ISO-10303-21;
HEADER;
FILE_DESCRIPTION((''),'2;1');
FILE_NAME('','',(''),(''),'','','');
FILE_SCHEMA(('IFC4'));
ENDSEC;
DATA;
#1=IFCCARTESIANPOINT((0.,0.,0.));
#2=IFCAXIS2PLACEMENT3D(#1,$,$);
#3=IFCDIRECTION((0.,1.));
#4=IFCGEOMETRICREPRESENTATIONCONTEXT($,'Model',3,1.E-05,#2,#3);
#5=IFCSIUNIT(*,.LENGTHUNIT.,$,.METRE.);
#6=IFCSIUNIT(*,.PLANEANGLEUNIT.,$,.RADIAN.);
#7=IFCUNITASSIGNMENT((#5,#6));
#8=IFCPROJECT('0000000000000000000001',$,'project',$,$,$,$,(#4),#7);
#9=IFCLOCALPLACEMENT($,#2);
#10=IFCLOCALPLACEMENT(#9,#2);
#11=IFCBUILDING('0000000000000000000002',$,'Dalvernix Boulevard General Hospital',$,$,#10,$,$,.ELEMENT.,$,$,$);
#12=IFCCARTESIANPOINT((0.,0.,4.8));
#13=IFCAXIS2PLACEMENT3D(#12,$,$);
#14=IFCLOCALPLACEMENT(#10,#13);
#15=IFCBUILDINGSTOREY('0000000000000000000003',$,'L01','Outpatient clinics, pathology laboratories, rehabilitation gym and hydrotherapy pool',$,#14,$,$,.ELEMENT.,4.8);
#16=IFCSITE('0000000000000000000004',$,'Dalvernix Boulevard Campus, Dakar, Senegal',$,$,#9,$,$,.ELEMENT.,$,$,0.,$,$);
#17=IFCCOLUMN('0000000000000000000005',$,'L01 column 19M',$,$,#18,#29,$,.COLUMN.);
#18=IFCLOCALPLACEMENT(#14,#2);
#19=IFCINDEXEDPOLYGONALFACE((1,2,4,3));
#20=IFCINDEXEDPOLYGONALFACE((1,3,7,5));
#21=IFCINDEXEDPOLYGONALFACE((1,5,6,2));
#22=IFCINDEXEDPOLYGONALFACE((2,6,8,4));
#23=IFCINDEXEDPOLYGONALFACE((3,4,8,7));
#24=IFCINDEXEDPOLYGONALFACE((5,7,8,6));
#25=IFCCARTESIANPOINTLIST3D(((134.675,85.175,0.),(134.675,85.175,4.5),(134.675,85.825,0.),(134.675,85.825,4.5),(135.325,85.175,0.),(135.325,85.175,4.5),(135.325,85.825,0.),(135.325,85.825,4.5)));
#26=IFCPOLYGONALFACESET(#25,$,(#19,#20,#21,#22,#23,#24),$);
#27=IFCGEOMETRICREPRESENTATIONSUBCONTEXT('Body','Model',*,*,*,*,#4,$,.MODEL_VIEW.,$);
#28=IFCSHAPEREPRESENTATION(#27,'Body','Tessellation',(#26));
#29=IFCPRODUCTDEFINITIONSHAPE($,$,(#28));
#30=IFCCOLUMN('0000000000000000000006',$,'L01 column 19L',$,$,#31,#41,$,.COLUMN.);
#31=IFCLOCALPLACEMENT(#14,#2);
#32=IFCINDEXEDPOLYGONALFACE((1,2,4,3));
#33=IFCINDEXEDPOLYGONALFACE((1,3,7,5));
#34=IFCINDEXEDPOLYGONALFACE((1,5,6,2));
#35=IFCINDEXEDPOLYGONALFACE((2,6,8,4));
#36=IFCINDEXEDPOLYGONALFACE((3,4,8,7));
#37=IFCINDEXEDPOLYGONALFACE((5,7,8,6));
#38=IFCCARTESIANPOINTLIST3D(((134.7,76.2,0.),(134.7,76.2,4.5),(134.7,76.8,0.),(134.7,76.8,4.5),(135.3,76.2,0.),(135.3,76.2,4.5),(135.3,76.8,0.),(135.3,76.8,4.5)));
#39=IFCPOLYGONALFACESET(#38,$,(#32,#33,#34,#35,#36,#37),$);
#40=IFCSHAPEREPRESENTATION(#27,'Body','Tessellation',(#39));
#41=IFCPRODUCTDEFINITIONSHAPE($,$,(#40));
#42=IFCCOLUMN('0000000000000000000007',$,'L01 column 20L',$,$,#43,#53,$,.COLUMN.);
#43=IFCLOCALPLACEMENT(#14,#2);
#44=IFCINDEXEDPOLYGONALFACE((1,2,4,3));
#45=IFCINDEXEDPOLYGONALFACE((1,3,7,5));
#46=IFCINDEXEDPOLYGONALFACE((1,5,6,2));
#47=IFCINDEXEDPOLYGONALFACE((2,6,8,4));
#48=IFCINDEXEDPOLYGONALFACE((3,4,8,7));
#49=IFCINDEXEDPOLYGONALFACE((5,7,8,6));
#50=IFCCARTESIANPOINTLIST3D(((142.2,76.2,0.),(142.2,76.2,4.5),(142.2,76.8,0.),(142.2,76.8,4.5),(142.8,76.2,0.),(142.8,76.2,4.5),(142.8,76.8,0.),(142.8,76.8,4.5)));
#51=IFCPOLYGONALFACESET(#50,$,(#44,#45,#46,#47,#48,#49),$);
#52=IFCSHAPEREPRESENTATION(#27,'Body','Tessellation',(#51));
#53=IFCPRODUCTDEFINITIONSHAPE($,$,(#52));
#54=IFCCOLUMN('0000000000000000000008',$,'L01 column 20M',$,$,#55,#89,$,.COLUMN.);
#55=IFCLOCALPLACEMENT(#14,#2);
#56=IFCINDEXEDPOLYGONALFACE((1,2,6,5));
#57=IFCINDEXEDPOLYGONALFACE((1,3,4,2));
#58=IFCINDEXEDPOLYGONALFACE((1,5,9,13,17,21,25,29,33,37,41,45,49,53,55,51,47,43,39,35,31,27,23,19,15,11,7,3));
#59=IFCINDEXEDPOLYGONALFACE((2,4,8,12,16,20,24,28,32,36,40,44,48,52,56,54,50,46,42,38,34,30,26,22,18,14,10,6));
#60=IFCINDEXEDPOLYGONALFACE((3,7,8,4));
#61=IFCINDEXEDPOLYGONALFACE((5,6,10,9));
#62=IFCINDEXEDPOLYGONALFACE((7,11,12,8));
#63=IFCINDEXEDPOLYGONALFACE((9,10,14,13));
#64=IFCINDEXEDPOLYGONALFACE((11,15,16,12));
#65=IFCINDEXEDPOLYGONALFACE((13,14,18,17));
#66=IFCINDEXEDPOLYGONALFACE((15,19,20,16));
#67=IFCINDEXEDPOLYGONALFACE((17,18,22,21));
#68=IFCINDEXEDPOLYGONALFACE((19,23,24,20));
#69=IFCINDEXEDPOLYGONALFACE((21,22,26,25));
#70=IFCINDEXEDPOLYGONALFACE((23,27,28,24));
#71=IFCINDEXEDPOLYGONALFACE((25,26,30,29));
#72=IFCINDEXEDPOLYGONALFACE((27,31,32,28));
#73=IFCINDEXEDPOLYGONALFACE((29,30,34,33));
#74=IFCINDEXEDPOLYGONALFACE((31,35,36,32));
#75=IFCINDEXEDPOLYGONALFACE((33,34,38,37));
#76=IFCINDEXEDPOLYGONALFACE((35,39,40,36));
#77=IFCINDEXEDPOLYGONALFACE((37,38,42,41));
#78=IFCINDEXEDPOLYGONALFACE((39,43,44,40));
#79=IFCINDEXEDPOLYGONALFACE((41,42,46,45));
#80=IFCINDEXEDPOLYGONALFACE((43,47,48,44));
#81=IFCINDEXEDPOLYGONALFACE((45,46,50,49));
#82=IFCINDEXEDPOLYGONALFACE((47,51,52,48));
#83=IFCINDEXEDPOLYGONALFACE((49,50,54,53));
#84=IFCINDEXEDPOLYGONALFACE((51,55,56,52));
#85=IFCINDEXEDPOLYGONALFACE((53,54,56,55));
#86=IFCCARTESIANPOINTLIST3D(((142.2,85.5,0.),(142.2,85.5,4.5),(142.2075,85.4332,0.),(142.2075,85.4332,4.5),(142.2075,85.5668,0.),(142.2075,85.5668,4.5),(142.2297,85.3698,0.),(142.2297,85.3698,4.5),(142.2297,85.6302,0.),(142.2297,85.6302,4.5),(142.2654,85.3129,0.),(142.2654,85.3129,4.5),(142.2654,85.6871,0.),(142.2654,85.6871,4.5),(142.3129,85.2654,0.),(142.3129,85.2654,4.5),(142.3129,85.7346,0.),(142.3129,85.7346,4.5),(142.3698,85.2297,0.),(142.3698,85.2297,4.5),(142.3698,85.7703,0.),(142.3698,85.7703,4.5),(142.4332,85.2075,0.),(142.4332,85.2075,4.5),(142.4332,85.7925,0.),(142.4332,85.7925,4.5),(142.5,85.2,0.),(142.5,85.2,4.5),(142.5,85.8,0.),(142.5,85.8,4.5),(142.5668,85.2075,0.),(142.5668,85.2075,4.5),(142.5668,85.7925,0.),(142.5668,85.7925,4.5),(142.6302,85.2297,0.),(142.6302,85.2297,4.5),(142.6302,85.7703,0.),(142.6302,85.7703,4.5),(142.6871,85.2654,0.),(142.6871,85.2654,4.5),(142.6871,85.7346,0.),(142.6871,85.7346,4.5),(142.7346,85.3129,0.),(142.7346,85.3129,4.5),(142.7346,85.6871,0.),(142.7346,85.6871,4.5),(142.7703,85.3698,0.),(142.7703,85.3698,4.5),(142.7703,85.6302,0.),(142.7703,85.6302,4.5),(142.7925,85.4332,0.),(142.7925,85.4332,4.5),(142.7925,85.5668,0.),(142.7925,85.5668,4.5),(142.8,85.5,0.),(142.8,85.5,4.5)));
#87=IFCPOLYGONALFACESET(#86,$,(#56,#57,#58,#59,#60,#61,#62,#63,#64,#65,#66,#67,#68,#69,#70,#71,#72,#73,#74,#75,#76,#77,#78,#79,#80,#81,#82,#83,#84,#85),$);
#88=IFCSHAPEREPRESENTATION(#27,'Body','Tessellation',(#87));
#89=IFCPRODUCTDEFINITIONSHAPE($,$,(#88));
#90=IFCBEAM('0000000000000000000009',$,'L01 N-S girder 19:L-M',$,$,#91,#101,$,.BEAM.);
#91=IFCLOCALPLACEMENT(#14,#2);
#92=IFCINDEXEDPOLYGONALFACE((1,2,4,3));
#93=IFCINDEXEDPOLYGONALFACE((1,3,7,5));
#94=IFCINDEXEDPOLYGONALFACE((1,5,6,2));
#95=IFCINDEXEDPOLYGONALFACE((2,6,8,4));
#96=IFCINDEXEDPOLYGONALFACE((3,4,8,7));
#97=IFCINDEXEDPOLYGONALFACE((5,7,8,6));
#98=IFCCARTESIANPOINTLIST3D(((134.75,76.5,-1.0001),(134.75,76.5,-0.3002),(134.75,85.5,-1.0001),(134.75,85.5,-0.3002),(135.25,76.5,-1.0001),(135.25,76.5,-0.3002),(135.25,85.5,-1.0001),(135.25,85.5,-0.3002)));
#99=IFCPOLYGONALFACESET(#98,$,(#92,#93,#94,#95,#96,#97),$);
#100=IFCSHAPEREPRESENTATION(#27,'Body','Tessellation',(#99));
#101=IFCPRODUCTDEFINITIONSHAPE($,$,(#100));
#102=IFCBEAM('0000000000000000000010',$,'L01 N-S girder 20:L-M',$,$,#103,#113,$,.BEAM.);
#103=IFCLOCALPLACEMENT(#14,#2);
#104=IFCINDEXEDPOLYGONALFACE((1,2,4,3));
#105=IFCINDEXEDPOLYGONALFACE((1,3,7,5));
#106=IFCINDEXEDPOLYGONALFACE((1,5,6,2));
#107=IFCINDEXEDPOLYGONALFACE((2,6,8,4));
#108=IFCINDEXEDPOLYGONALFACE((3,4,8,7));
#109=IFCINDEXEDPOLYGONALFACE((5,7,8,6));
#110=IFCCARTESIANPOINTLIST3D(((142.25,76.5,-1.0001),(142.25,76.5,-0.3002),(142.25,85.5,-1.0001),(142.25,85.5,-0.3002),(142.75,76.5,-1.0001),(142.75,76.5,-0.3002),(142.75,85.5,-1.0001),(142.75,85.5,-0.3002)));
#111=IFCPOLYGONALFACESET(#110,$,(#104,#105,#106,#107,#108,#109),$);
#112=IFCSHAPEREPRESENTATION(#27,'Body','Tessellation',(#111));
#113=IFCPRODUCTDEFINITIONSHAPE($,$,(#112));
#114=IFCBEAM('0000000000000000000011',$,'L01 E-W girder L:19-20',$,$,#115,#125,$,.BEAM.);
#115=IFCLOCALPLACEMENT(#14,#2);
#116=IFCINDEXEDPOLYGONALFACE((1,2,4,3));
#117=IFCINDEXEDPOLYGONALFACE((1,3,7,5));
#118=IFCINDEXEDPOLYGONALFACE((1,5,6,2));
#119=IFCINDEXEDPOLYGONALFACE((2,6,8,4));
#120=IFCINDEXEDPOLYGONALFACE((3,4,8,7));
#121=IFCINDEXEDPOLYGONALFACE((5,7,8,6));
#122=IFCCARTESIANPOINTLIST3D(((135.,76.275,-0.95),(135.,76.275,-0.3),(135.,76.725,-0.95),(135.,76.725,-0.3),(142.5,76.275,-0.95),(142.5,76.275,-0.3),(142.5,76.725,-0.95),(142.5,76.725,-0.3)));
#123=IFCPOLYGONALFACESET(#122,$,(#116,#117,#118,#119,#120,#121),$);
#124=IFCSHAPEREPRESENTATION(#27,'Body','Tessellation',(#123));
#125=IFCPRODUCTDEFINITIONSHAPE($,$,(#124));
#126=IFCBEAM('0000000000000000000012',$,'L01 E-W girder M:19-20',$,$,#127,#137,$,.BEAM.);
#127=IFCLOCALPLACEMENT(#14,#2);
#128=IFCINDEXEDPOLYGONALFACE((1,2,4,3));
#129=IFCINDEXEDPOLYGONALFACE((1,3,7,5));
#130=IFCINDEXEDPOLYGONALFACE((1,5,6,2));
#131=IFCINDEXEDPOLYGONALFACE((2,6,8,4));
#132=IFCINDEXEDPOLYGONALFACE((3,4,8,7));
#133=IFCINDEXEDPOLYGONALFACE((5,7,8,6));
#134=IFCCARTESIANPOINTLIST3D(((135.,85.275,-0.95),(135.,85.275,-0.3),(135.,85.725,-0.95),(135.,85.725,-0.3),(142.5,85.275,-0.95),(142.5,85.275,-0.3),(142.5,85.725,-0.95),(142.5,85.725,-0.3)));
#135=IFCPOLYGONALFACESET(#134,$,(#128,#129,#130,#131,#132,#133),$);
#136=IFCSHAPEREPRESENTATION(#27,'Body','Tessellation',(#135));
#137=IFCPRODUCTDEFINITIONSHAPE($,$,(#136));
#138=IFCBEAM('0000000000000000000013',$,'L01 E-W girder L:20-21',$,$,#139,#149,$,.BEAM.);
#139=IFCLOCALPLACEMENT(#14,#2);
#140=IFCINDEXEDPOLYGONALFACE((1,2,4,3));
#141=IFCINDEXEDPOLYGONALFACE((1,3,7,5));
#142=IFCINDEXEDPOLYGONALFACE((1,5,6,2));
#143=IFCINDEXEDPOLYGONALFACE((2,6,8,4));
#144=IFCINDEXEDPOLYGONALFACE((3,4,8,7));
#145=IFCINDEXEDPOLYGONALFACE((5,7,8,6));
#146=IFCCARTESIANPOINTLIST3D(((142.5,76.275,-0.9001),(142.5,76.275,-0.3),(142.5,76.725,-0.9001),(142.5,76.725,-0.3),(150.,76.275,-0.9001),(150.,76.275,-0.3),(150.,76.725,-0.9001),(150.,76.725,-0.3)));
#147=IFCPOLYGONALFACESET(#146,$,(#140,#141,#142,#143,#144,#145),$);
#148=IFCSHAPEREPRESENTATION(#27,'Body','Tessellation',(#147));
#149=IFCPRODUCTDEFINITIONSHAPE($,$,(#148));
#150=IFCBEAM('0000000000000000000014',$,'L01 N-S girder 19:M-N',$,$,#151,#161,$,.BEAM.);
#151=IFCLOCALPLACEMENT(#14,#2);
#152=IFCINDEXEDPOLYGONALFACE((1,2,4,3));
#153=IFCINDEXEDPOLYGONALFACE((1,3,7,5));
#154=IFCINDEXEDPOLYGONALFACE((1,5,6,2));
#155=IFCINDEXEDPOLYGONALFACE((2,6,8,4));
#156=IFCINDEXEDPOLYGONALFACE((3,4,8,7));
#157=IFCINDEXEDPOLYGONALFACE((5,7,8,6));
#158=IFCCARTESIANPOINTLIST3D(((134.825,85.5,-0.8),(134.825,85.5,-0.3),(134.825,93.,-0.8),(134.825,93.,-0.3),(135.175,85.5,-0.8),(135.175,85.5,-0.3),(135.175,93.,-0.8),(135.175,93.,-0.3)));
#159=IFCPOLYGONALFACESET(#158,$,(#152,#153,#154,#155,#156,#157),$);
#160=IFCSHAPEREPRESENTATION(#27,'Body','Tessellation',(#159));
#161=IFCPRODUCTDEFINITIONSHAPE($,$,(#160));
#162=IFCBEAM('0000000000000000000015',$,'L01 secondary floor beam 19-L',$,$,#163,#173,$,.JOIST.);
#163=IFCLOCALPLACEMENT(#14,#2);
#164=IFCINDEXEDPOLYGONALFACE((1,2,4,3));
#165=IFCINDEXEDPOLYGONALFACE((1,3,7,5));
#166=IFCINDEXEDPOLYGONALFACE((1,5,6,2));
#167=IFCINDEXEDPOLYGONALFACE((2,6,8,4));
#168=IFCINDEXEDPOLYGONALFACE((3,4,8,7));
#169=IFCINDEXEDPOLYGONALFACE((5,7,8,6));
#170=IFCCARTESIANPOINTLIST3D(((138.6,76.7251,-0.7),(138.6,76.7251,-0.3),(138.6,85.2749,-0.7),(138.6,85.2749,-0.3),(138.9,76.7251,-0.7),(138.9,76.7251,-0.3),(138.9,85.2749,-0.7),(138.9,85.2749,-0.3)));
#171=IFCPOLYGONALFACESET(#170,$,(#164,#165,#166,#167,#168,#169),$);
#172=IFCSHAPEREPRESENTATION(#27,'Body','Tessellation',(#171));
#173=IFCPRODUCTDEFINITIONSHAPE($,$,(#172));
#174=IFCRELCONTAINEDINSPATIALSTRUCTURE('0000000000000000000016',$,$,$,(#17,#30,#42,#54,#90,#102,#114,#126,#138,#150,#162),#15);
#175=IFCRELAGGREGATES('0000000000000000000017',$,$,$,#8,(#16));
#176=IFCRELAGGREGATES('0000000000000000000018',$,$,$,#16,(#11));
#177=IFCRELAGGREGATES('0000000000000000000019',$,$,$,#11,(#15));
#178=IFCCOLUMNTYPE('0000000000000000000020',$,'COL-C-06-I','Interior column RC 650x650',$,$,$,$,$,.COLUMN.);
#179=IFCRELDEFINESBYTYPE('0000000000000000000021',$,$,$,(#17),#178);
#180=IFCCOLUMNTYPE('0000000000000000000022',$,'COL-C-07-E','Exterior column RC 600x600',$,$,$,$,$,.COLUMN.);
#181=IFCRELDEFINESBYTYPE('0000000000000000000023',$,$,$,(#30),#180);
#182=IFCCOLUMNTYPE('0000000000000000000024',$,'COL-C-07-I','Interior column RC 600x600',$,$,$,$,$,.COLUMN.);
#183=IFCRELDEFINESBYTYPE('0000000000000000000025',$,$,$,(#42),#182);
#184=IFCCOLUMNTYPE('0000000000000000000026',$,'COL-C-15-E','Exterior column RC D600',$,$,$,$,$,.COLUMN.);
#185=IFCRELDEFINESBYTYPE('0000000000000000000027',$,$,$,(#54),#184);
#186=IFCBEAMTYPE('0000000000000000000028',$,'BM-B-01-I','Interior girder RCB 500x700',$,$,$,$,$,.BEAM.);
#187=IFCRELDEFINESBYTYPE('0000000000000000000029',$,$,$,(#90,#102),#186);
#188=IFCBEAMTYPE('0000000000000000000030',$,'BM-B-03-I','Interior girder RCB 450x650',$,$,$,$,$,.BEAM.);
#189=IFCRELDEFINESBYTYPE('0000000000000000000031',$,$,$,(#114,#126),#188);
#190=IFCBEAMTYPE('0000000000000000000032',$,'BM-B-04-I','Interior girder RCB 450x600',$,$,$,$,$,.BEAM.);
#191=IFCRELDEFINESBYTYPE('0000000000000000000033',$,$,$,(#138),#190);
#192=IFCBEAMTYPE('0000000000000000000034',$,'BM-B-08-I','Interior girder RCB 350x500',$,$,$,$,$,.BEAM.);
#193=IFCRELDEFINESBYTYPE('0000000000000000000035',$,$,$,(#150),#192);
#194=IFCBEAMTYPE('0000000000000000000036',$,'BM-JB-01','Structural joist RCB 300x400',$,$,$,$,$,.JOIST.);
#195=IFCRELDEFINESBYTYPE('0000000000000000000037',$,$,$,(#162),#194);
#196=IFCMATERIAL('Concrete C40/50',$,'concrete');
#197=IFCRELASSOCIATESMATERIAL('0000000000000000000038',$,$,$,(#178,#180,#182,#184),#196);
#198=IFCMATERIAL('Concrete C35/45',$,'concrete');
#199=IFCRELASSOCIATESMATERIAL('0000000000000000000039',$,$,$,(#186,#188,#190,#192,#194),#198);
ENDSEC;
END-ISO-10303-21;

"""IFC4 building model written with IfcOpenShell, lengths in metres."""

from ifc_helpers import new_model, si_unit, direction, frame, origin, origin_2d, place, context, subcontext, project, spatial, rectangle, circle, extrude, material, material_profile, profile_set, type_object, element, save


model = new_model("IFC4")

# Units and contexts
model_context = context("Model", 3, precision=1e-05, world=origin(), true_north=direction((0.0, 1.0)))
body_context = subcontext(model_context, "Body", "Model", "MODEL_VIEW")
ifc_project = project(units=[si_unit("LENGTHUNIT", "METRE"), si_unit("PLANEANGLEUNIT", "RADIAN")], contexts=[model_context])

# Site, building, storey
site_placement = place(None, origin())
site = spatial("IfcSite", under=ifc_project, at=site_placement, Name="Dalvernix Boulevard Campus, Dakar, Senegal", CompositionType="ELEMENT", RefElevation=0.0)
building_placement = place(site_placement, origin())
building = spatial("IfcBuilding", under=site, at=building_placement, Name="Dalvernix Boulevard General Hospital", CompositionType="ELEMENT")
storey_placement = place(building_placement, frame((0.0, 0.0, 4.8)))
storey = spatial("IfcBuildingStorey", under=building, at=storey_placement, Name="L01", Description="Outpatient clinics, pathology laboratories, rehabilitation gym and hydrotherapy pool", CompositionType="ELEMENT", Elevation=4.8)

# Columns
ifc_material_1 = material(Name="Concrete C40/50", Category="concrete")
ifc_material_profile_1 = material_profile(ifc_material_1, rectangle(XDim=0.6499, YDim=0.6499, at=origin_2d()), Name="RC 650x650")
ifc_profile_set_1 = profile_set([ifc_material_profile_1], Name="Concrete C40/50")
column_type_1 = type_object("IfcColumnType", Name="COL-C-06-I", Description="Interior column RC 650x650", PredefinedType="COLUMN", material=ifc_profile_set_1)
column_1_placement = place(storey_placement, frame((135.0, 85.5, 0.0), z_axis=(0.0, 0.0, 1.0), x_axis=(1.0, 0.0, 0.0)))
element("IfcColumn", 1, at=column_1_placement, inside=storey, type_object=column_type_1, Name="L01 column 19M", PredefinedType="COLUMN", context=body_context, shape_type="SweptSolid", body=[
    extrude(rectangle(XDim=0.6499, YDim=0.6499, at=origin_2d()), origin(), (0.0, 0.0, 1.0), 4.5),
])
ifc_material_profile_2 = material_profile(ifc_material_1, rectangle(XDim=0.6001, YDim=0.6001, at=origin_2d()), Name="RC 600x600")
ifc_profile_set_2 = profile_set([ifc_material_profile_2], Name="Concrete C40/50")
column_type_2 = type_object("IfcColumnType", Name="COL-C-07-E", Description="Exterior column RC 600x600", PredefinedType="COLUMN", material=ifc_profile_set_2)
column_2_placement = place(storey_placement, frame((135.0, 76.5, 0.0), z_axis=(0.0, 0.0, 1.0), x_axis=(1.0, 0.0, 0.0)))
element("IfcColumn", 2, at=column_2_placement, inside=storey, type_object=column_type_2, Name="L01 column 19L", PredefinedType="COLUMN", context=body_context, shape_type="SweptSolid", body=[
    extrude(rectangle(XDim=0.6001, YDim=0.6001, at=origin_2d()), origin(), (0.0, 0.0, 1.0), 4.5),
])
ifc_material_profile_3 = material_profile(ifc_material_1, rectangle(XDim=0.6001, YDim=0.6001, at=origin_2d()), Name="RC 600x600")
ifc_profile_set_3 = profile_set([ifc_material_profile_3], Name="Concrete C40/50")
column_type_3 = type_object("IfcColumnType", Name="COL-C-07-I", Description="Interior column RC 600x600", PredefinedType="COLUMN", material=ifc_profile_set_3)
column_3_placement = place(storey_placement, frame((142.5, 76.5, 0.0), z_axis=(0.0, 0.0, 1.0), x_axis=(1.0, 0.0, 0.0)))
element("IfcColumn", 3, at=column_3_placement, inside=storey, type_object=column_type_3, Name="L01 column 20L", PredefinedType="COLUMN", context=body_context, shape_type="SweptSolid", body=[
    extrude(rectangle(XDim=0.6001, YDim=0.6001, at=origin_2d()), origin(), (0.0, 0.0, 1.0), 4.5),
])
ifc_material_profile_4 = material_profile(ifc_material_1, circle(Radius=0.3, at=origin_2d()), Name="RC D600")
ifc_profile_set_4 = profile_set([ifc_material_profile_4], Name="Concrete C40/50")
column_type_4 = type_object("IfcColumnType", Name="COL-C-15-E", Description="Exterior column RC D600", PredefinedType="COLUMN", material=ifc_profile_set_4)
column_4_placement = place(storey_placement, frame((142.5, 85.5, 0.0), z_axis=(0.0, 0.0, 1.0), x_axis=(1.0, 0.0, 0.0)))
element("IfcColumn", 4, at=column_4_placement, inside=storey, type_object=column_type_4, Name="L01 column 20M", PredefinedType="COLUMN", context=body_context, shape_type="SweptSolid", body=[
    extrude(circle(Radius=0.3, at=origin_2d()), origin(), (0.0, 0.0, 1.0), 4.5),
])

# Beams
ifc_material_2 = material(Name="Concrete C35/45", Category="concrete")
ifc_material_profile_5 = material_profile(ifc_material_2, rectangle(XDim=0.5, YDim=0.7, at=origin_2d()), Name="RCB 500x700")
ifc_profile_set_5 = profile_set([ifc_material_profile_5], Name="Concrete C35/45")
beam_type_1 = type_object("IfcBeamType", Name="BM-B-01-I", Description="Interior girder RCB 500x700", PredefinedType="BEAM", material=ifc_profile_set_5)
for number, where, z_axis, x_axis, name in (
    (5, (135.0, 76.5, -0.6501), (0.0, 1.0, 0.0), (-1.0, 0.0, 0.0), "L01 N-S girder 19:L-M"),
    (6, (142.5, 76.5, -0.6501), (0.0, 1.0, 0.0), (-1.0, 0.0, 0.0), "L01 N-S girder 20:L-M"),
):
    element("IfcBeam", number, at=place(storey_placement, frame(where, z_axis=z_axis, x_axis=x_axis)), inside=storey, type_object=beam_type_1, Name=name, PredefinedType="BEAM", context=body_context, shape_type="SweptSolid", body=[
        extrude(rectangle(XDim=0.5, YDim=0.7, at=origin_2d()), origin(), (0.0, 0.0, 1.0), 9.0),
    ])
ifc_material_profile_6 = material_profile(ifc_material_2, rectangle(XDim=0.45, YDim=0.6499, at=origin_2d()), Name="RCB 450x650")
ifc_profile_set_6 = profile_set([ifc_material_profile_6], Name="Concrete C35/45")
beam_type_2 = type_object("IfcBeamType", Name="BM-B-03-I", Description="Interior girder RCB 450x650", PredefinedType="BEAM", material=ifc_profile_set_6)
for number, where, z_axis, x_axis, name in (
    (7, (135.0, 76.5, -0.625), (1.0, 0.0, 0.0), (0.0, 1.0, 0.0), "L01 E-W girder L:19-20"),
    (8, (135.0, 85.5, -0.625), (1.0, 0.0, 0.0), (0.0, 1.0, 0.0), "L01 E-W girder M:19-20"),
):
    element("IfcBeam", number, at=place(storey_placement, frame(where, z_axis=z_axis, x_axis=x_axis)), inside=storey, type_object=beam_type_2, Name=name, PredefinedType="BEAM", context=body_context, shape_type="SweptSolid", body=[
        extrude(rectangle(XDim=0.45, YDim=0.6499, at=origin_2d()), origin(), (0.0, 0.0, 1.0), 7.5),
    ])
ifc_material_profile_7 = material_profile(ifc_material_2, rectangle(XDim=0.45, YDim=0.6001, at=origin_2d()), Name="RCB 450x600")
ifc_profile_set_7 = profile_set([ifc_material_profile_7], Name="Concrete C35/45")
beam_type_3 = type_object("IfcBeamType", Name="BM-B-04-I", Description="Interior girder RCB 450x600", PredefinedType="BEAM", material=ifc_profile_set_7)
beam_1_placement = place(storey_placement, frame((142.5, 76.5, -0.6001), z_axis=(1.0, 0.0, 0.0), x_axis=(0.0, 1.0, 0.0)))
element("IfcBeam", 9, at=beam_1_placement, inside=storey, type_object=beam_type_3, Name="L01 E-W girder L:20-21", PredefinedType="BEAM", context=body_context, shape_type="SweptSolid", body=[
    extrude(rectangle(XDim=0.45, YDim=0.6001, at=origin_2d()), origin(), (0.0, 0.0, 1.0), 7.5),
])
ifc_material_profile_8 = material_profile(ifc_material_2, rectangle(XDim=0.3501, YDim=0.5, at=origin_2d()), Name="RCB 350x500")
ifc_profile_set_8 = profile_set([ifc_material_profile_8], Name="Concrete C35/45")
beam_type_4 = type_object("IfcBeamType", Name="BM-B-08-I", Description="Interior girder RCB 350x500", PredefinedType="BEAM", material=ifc_profile_set_8)
beam_2_placement = place(storey_placement, frame((135.0, 85.5, -0.55), z_axis=(0.0, 1.0, 0.0), x_axis=(-1.0, 0.0, 0.0)))
element("IfcBeam", 10, at=beam_2_placement, inside=storey, type_object=beam_type_4, Name="L01 N-S girder 19:M-N", PredefinedType="BEAM", context=body_context, shape_type="SweptSolid", body=[
    extrude(rectangle(XDim=0.3501, YDim=0.5, at=origin_2d()), origin(), (0.0, 0.0, 1.0), 7.5),
])
ifc_material_profile_9 = material_profile(ifc_material_2, rectangle(XDim=0.3, YDim=0.3999, at=origin_2d()), Name="RCB 300x400")
ifc_profile_set_9 = profile_set([ifc_material_profile_9], Name="Concrete C35/45")
beam_type_5 = type_object("IfcBeamType", Name="BM-JB-01", Description="Structural joist RCB 300x400", PredefinedType="JOIST", material=ifc_profile_set_9)
beam_3_placement = place(storey_placement, frame((138.75, 76.7251, -0.5), z_axis=(0.0, 1.0, 0.0), x_axis=(-1.0, 0.0, 0.0)))
element("IfcBeam", 11, at=beam_3_placement, inside=storey, type_object=beam_type_5, Name="L01 secondary floor beam 19-L", PredefinedType="JOIST", context=body_context, shape_type="SweptSolid", body=[
    extrude(rectangle(XDim=0.3, YDim=0.3999, at=origin_2d()), origin(), (0.0, 0.0, 1.0), 8.5498),
])

save(model, "model.ifc")
